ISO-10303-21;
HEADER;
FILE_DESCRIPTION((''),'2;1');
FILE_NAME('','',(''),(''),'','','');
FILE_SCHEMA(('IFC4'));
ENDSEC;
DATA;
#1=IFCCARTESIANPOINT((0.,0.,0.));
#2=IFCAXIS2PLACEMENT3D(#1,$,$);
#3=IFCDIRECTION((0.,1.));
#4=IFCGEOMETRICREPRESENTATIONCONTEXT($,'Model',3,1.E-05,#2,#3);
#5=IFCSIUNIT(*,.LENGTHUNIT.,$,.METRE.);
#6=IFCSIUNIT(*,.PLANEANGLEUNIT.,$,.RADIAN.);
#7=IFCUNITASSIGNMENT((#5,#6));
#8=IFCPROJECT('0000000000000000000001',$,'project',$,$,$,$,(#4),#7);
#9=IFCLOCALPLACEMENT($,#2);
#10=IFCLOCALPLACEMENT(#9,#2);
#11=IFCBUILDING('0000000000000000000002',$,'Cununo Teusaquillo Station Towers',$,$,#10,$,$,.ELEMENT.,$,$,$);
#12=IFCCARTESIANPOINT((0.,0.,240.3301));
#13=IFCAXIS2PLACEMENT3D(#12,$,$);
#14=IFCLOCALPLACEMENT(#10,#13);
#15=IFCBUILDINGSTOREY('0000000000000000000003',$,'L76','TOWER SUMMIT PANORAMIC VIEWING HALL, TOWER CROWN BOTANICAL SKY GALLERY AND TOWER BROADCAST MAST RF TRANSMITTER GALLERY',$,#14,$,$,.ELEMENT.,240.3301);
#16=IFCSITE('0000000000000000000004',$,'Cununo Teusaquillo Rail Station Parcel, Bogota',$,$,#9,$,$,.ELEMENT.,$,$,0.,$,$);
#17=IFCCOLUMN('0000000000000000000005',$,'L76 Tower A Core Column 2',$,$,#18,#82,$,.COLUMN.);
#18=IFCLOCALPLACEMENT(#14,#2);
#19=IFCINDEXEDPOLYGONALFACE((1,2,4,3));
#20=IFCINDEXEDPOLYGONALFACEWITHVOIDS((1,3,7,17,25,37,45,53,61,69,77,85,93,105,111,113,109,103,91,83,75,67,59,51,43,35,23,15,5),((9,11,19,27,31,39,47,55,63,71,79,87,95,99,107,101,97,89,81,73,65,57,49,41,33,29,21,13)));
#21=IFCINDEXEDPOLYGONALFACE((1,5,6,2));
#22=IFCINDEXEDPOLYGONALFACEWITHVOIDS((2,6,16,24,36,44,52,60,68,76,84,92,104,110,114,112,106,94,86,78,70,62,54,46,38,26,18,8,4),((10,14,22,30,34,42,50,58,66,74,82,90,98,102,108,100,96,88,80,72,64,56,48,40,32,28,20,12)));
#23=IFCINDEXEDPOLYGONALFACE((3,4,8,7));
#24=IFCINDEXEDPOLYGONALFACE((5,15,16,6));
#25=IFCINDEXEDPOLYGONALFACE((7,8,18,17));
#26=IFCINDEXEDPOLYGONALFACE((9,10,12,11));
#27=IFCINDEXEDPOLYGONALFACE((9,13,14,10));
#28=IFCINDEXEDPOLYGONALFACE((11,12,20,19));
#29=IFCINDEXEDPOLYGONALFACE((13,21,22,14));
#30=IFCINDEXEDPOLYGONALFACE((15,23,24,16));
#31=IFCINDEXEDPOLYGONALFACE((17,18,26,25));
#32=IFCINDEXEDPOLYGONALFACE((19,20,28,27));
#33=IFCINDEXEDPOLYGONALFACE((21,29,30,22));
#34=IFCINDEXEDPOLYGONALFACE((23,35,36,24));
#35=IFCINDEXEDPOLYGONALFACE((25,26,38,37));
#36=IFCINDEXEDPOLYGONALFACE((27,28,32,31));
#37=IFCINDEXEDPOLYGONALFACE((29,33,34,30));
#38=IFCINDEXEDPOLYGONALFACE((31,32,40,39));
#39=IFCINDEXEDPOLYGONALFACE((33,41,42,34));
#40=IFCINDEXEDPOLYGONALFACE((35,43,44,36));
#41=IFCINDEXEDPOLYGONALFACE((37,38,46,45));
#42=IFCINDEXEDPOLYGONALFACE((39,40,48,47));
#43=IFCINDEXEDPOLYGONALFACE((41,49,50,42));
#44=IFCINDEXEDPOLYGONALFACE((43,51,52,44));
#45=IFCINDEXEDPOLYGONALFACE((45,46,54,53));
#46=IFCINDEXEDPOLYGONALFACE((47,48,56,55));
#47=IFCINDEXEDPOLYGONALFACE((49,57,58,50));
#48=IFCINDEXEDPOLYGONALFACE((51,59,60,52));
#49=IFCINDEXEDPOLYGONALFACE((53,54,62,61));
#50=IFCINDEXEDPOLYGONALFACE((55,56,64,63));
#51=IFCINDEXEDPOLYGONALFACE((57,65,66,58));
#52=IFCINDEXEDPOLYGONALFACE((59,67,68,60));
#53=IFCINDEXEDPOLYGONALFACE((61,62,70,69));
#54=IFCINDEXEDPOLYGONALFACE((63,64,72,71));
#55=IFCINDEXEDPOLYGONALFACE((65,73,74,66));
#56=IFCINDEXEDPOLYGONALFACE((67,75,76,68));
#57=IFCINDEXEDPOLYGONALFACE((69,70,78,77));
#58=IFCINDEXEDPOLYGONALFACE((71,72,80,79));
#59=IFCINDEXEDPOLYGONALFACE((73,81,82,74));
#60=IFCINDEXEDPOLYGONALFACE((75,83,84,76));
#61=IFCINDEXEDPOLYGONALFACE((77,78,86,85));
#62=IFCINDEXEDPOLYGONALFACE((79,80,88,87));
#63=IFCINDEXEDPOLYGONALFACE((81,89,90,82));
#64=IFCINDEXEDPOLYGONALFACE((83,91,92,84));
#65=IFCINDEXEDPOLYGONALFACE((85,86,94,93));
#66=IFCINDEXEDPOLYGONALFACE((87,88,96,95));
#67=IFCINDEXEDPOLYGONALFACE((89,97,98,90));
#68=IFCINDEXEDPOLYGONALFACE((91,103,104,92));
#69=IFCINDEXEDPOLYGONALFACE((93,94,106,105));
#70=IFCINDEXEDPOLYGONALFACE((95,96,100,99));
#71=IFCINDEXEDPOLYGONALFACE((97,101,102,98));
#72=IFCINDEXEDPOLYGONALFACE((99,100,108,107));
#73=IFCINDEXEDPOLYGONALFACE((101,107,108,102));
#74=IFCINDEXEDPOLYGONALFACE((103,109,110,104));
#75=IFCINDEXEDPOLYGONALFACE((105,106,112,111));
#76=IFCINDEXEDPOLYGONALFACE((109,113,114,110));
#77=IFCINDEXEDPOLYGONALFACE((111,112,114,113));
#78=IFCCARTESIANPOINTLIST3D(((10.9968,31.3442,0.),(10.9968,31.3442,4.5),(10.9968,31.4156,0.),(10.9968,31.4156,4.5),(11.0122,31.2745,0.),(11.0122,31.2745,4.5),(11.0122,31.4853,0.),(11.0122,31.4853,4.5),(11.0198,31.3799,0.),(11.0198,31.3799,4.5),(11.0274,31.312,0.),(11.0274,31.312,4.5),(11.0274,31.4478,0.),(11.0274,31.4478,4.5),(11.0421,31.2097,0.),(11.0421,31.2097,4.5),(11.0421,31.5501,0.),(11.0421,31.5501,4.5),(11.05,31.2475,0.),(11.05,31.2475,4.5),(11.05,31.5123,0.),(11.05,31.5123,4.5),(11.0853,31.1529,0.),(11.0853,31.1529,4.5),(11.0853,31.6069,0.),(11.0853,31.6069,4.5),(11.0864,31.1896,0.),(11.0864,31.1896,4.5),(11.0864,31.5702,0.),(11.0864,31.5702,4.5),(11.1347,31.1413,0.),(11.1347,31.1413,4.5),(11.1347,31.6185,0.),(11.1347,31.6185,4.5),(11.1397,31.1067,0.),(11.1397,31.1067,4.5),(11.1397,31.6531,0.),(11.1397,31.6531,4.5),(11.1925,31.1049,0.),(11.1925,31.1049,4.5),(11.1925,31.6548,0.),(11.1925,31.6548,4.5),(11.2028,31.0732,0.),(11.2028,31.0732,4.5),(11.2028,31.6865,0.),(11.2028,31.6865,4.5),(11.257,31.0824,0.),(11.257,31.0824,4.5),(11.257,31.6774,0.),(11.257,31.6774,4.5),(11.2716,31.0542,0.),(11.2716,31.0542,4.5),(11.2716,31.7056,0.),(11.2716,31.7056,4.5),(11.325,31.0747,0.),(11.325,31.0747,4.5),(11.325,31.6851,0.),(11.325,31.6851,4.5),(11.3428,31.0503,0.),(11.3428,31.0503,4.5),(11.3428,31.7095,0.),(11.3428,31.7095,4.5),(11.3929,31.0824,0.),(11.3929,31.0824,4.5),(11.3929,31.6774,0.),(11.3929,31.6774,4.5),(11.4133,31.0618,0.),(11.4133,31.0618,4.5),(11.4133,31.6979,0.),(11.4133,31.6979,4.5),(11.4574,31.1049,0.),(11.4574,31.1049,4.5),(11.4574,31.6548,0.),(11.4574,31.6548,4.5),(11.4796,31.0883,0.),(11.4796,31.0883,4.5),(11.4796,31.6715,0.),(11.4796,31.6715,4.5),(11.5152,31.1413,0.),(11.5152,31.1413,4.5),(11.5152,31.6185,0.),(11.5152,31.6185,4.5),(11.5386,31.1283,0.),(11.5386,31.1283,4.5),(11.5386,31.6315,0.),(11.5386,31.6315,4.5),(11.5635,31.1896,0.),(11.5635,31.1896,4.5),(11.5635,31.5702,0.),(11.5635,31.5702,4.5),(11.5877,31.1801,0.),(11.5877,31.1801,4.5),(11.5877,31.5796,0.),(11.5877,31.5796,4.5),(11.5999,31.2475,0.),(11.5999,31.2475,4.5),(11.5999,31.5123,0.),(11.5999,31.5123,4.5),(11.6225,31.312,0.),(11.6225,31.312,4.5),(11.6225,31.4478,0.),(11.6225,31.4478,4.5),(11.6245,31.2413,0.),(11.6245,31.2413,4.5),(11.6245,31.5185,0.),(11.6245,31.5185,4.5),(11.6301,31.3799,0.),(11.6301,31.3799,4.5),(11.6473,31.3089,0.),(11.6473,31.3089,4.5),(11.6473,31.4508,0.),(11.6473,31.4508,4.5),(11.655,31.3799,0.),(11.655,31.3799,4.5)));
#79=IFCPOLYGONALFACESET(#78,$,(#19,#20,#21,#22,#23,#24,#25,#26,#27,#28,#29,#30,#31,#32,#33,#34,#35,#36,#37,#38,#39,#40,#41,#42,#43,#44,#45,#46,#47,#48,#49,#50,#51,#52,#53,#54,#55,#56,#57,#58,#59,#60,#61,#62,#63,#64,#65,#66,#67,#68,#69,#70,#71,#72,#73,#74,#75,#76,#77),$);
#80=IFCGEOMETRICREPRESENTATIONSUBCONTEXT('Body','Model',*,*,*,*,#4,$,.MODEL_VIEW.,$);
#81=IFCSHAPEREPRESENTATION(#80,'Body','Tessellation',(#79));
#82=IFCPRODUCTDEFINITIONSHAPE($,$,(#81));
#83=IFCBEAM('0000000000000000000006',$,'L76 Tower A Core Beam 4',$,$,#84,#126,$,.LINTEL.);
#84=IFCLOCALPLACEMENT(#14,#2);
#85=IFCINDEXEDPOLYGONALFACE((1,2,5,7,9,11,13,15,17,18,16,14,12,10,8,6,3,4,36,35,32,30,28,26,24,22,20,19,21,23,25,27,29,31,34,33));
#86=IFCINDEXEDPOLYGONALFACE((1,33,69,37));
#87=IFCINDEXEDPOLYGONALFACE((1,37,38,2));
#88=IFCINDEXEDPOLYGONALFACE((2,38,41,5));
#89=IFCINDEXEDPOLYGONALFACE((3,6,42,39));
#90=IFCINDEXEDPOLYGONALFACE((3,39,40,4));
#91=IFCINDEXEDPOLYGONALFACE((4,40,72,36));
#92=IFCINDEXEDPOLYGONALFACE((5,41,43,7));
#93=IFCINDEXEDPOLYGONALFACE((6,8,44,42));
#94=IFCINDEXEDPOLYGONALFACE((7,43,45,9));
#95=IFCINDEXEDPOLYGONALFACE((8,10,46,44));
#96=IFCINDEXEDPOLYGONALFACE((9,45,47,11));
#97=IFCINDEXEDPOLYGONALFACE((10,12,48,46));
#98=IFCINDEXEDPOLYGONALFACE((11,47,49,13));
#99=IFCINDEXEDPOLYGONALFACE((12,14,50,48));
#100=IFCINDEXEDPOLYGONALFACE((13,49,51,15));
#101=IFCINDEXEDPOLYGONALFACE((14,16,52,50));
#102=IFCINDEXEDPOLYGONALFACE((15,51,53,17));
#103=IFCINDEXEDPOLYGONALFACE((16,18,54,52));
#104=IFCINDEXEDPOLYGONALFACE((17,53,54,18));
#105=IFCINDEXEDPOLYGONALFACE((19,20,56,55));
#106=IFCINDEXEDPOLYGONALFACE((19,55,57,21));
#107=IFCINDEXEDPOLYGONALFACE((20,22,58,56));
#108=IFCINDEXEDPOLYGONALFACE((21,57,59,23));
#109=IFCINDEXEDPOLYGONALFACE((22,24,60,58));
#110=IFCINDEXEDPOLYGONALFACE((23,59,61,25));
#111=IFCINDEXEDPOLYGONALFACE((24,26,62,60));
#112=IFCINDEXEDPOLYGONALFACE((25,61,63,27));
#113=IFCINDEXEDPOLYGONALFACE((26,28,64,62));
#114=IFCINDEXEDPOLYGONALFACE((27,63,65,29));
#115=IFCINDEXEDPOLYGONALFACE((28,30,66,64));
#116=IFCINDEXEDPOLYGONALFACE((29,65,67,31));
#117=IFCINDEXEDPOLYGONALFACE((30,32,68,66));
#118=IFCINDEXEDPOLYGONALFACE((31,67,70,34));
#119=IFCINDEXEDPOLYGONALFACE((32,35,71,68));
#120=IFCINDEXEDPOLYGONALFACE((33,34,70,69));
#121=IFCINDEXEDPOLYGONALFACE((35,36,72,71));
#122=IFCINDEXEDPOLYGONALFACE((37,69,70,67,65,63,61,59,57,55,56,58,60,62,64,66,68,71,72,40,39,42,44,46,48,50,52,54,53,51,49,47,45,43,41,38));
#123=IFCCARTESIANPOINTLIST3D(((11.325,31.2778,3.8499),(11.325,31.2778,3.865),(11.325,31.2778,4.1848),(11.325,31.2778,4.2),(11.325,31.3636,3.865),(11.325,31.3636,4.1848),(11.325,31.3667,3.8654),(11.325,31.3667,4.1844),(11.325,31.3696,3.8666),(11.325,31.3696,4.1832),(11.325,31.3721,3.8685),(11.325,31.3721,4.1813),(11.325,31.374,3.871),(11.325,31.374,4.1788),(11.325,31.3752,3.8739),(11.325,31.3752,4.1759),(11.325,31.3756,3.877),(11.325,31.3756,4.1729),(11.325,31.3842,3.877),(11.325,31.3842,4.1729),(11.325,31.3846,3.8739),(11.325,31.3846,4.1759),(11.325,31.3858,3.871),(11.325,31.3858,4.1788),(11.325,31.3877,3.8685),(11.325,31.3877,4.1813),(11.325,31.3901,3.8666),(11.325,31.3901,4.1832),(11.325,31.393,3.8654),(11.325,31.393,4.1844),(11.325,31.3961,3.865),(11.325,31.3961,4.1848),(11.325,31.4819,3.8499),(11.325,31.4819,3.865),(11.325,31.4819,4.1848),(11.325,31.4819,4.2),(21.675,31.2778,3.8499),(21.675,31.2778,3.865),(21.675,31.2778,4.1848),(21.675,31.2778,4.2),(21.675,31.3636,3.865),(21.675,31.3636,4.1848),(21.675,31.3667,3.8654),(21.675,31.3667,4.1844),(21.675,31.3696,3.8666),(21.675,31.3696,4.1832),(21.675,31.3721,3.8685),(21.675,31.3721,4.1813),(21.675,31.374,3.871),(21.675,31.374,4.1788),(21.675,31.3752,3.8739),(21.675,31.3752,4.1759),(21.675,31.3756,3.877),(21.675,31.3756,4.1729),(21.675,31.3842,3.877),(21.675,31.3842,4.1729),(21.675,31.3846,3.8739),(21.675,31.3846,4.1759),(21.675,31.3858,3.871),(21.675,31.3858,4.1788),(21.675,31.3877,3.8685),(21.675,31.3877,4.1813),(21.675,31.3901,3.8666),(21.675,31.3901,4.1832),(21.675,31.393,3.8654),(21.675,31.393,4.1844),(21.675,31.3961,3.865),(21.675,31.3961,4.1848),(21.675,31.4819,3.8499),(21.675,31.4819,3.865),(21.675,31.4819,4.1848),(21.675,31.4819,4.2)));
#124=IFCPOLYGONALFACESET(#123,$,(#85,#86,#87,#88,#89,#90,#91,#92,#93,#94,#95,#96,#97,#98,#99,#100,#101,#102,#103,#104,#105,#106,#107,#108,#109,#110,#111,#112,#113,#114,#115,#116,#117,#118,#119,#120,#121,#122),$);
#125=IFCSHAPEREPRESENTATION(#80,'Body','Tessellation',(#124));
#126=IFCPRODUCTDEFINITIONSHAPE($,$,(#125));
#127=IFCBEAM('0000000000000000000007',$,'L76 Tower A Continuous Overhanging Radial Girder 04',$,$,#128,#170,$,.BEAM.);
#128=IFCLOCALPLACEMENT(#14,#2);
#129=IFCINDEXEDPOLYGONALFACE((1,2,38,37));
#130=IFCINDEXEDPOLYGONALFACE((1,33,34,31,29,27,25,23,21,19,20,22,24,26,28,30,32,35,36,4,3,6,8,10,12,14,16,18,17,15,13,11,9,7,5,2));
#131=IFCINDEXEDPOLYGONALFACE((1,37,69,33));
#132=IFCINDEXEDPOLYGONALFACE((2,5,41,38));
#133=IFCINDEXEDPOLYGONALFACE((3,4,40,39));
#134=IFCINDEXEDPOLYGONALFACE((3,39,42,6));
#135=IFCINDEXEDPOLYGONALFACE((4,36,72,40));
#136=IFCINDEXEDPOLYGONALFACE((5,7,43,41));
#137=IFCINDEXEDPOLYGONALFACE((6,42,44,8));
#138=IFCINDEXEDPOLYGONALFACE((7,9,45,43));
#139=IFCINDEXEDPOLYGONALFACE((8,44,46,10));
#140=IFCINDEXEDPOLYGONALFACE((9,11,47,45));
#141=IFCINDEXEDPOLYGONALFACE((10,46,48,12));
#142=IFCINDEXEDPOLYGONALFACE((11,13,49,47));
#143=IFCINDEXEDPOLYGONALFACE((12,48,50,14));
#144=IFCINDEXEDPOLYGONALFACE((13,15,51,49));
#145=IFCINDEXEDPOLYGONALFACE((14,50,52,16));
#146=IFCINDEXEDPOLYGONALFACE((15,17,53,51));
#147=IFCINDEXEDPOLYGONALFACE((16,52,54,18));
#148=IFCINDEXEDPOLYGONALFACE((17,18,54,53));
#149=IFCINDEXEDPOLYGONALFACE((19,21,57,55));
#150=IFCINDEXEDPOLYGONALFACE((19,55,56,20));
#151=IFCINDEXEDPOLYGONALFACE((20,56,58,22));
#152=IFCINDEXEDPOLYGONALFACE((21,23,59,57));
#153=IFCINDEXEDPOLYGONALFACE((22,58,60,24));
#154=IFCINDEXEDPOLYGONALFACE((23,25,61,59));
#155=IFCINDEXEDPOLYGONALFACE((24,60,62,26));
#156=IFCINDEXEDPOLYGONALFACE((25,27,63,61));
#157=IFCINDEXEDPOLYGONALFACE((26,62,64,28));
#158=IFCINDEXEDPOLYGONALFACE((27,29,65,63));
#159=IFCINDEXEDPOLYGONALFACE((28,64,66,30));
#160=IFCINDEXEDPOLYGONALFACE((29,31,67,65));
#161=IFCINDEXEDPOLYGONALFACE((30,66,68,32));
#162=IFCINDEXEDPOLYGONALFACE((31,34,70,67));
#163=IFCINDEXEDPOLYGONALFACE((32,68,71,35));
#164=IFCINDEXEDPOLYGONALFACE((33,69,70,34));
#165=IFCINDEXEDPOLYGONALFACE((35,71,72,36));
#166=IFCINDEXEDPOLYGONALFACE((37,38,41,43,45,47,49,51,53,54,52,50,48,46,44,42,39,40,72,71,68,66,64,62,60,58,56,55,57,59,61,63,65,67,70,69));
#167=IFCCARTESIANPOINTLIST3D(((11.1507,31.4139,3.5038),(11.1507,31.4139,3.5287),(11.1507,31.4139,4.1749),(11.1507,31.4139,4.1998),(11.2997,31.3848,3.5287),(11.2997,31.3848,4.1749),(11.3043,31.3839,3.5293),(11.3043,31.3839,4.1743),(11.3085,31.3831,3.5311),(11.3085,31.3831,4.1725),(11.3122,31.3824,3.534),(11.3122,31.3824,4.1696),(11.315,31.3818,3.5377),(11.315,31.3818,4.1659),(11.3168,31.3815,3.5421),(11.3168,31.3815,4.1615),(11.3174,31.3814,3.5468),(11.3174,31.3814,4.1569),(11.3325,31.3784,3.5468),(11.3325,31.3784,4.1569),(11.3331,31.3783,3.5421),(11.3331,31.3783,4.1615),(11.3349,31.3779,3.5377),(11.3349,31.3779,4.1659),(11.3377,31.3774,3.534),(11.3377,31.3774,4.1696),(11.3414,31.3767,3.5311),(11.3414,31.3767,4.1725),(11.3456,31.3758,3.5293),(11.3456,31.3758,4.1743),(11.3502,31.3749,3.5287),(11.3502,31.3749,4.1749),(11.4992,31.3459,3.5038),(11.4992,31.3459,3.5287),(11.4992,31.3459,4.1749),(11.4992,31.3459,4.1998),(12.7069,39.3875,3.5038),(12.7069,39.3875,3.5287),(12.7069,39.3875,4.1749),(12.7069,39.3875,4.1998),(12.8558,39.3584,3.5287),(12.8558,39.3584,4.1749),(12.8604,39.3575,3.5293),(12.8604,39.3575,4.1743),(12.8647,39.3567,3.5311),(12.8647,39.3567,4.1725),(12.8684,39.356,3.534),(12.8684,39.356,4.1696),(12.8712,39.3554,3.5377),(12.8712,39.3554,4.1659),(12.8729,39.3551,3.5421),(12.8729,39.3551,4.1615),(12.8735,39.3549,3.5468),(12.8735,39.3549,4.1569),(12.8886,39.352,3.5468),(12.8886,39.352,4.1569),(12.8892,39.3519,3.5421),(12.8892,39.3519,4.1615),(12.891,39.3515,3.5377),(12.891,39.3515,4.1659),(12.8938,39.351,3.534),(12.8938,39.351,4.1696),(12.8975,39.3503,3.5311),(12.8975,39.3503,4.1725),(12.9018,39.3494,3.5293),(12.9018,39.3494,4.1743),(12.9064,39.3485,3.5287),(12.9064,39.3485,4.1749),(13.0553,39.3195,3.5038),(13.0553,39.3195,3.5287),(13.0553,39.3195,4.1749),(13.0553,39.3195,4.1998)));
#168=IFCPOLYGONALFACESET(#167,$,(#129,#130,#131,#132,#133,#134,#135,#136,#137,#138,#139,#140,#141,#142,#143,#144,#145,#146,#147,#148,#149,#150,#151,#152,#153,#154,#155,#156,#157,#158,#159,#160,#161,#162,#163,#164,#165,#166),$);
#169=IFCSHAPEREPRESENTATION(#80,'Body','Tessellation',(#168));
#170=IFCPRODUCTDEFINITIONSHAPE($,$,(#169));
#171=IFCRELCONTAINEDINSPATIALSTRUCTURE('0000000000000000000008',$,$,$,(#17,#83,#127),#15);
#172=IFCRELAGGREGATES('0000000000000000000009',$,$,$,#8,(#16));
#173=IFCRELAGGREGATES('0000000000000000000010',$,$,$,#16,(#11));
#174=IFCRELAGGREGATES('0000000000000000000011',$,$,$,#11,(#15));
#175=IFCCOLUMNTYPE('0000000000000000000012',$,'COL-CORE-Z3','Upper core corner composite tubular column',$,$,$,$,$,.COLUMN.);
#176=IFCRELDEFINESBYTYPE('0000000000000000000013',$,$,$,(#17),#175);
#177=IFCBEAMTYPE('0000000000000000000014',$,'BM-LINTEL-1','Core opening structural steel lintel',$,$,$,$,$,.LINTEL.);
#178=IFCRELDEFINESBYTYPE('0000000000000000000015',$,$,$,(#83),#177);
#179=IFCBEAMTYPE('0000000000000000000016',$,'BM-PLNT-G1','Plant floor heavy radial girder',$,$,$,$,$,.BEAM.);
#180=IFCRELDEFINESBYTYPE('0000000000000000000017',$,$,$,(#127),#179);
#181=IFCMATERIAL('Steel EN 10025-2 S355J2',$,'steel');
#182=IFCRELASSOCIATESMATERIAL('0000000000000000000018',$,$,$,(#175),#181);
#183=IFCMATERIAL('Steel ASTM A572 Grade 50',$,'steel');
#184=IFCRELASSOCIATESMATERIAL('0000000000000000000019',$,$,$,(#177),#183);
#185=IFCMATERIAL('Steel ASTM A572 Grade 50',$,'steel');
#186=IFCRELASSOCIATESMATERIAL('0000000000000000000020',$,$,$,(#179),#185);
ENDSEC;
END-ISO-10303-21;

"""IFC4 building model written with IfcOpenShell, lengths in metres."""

from ifc_helpers import new_model, si_unit, direction, frame, origin, origin_2d, place, context, subcontext, project, spatial, hollow_circle, i_section, extrude, material, material_profile, profile_set, type_object, element, save


model = new_model("IFC4")

# Units and contexts
model_context = context("Model", 3, precision=1e-05, world=origin(), true_north=direction((0.0, 1.0)))
body_context = subcontext(model_context, "Body", "Model", "MODEL_VIEW")
ifc_project = project(units=[si_unit("LENGTHUNIT", "METRE"), si_unit("PLANEANGLEUNIT", "RADIAN")], contexts=[model_context])

# Site, building, storey
site_placement = place(None, origin())
site = spatial("IfcSite", under=ifc_project, at=site_placement, Name="Cununo Teusaquillo Rail Station Parcel, Bogota", CompositionType="ELEMENT", RefElevation=0.0)
building_placement = place(site_placement, origin())
building = spatial("IfcBuilding", under=site, at=building_placement, Name="Cununo Teusaquillo Station Towers", CompositionType="ELEMENT")
storey_placement = place(building_placement, frame((0.0, 0.0, 240.3301)))
storey = spatial("IfcBuildingStorey", under=building, at=storey_placement, Name="L76", Description="TOWER SUMMIT PANORAMIC VIEWING HALL, TOWER CROWN BOTANICAL SKY GALLERY AND TOWER BROADCAST MAST RF TRANSMITTER GALLERY", CompositionType="ELEMENT", Elevation=240.3301)

# Column
ifc_material_1 = material(Name="Steel EN 10025-2 S355J2", Category="steel")
ifc_material_profile_1 = material_profile(ifc_material_1, hollow_circle(Radius=0.3301, WallThickness=0.0249, at=origin_2d()), Name="CHS 660x25")
ifc_profile_set_1 = profile_set([ifc_material_profile_1], Name="Steel EN 10025-2 S355J2")
column_type = type_object("IfcColumnType", Name="COL-CORE-Z3", Description="Upper core corner composite tubular column", PredefinedType="COLUMN", material=ifc_profile_set_1)
column_placement = place(storey_placement, frame((11.325, 31.3799, 0.0), z_axis=(0.0, 0.0, 1.0), x_axis=(1.0, 0.0, 0.0)))
element("IfcColumn", 1, at=column_placement, inside=storey, type_object=column_type, Name="L76 Tower A Core Column 2", PredefinedType="COLUMN", context=body_context, shape_type="SweptSolid", body=[
    extrude(hollow_circle(Radius=0.3301, WallThickness=0.0249, at=origin_2d()), origin(), (0.0, 0.0, 1.0), 4.5),
])

# Beams
ifc_material_2 = material(Name="Steel ASTM A572 Grade 50", Category="steel")
ifc_material_profile_2 = material_profile(ifc_material_2, i_section(OverallWidth=0.2041, OverallDepth=0.3501, WebThickness=0.0085, FlangeThickness=0.0151, FilletRadius=0.012, at=origin_2d()), Name="W14X48")
ifc_profile_set_2 = profile_set([ifc_material_profile_2], Name="Steel ASTM A572 Grade 50")
beam_type_1 = type_object("IfcBeamType", Name="BM-LINTEL-1", Description="Core opening structural steel lintel", PredefinedType="LINTEL", material=ifc_profile_set_2)
beam_1_placement = place(storey_placement, frame((11.325, 31.3799, 4.0249), z_axis=(1.0, 0.0, 0.0), x_axis=(0.0, 1.0, 0.0)))
element("IfcBeam", 2, at=beam_1_placement, inside=storey, type_object=beam_type_1, Name="L76 Tower A Core Beam 4", PredefinedType="LINTEL", context=body_context, shape_type="SweptSolid", body=[
    extrude(i_section(OverallWidth=0.2041, OverallDepth=0.3501, WebThickness=0.0085, FlangeThickness=0.0151, FilletRadius=0.012, at=origin_2d()), origin(), (0.0, 0.0, 1.0), 10.3501),
])
ifc_material_3 = material(Name="Steel ASTM A572 Grade 50", Category="steel")
ifc_material_profile_3 = material_profile(ifc_material_3, i_section(OverallWidth=0.355, OverallDepth=0.696, WebThickness=0.0154, FlangeThickness=0.0249, FilletRadius=0.0181, at=origin_2d()), Name="W27X146")
ifc_profile_set_3 = profile_set([ifc_material_profile_3], Name="Steel ASTM A572 Grade 50")
beam_type_2 = type_object("IfcBeamType", Name="BM-PLNT-G1", Description="Plant floor heavy radial girder", PredefinedType="BEAM", material=ifc_profile_set_3)
beam_2_placement = place(storey_placement, frame((11.325, 31.3799, 3.8518), z_axis=(0.191548, 0.981483, 0.0), x_axis=(-0.981483, 0.191548, 0.0)))
element("IfcBeam", 3, at=beam_2_placement, inside=storey, type_object=beam_type_2, Name="L76 Tower A Continuous Overhanging Radial Girder 04", PredefinedType="BEAM", context=body_context, shape_type="SweptSolid", body=[
    extrude(i_section(OverallWidth=0.355, OverallDepth=0.696, WebThickness=0.0154, FlangeThickness=0.0249, FilletRadius=0.0181, at=origin_2d()), origin(), (0.0, 0.0, 1.0), 8.124),
])

save(model, "model.ifc")
